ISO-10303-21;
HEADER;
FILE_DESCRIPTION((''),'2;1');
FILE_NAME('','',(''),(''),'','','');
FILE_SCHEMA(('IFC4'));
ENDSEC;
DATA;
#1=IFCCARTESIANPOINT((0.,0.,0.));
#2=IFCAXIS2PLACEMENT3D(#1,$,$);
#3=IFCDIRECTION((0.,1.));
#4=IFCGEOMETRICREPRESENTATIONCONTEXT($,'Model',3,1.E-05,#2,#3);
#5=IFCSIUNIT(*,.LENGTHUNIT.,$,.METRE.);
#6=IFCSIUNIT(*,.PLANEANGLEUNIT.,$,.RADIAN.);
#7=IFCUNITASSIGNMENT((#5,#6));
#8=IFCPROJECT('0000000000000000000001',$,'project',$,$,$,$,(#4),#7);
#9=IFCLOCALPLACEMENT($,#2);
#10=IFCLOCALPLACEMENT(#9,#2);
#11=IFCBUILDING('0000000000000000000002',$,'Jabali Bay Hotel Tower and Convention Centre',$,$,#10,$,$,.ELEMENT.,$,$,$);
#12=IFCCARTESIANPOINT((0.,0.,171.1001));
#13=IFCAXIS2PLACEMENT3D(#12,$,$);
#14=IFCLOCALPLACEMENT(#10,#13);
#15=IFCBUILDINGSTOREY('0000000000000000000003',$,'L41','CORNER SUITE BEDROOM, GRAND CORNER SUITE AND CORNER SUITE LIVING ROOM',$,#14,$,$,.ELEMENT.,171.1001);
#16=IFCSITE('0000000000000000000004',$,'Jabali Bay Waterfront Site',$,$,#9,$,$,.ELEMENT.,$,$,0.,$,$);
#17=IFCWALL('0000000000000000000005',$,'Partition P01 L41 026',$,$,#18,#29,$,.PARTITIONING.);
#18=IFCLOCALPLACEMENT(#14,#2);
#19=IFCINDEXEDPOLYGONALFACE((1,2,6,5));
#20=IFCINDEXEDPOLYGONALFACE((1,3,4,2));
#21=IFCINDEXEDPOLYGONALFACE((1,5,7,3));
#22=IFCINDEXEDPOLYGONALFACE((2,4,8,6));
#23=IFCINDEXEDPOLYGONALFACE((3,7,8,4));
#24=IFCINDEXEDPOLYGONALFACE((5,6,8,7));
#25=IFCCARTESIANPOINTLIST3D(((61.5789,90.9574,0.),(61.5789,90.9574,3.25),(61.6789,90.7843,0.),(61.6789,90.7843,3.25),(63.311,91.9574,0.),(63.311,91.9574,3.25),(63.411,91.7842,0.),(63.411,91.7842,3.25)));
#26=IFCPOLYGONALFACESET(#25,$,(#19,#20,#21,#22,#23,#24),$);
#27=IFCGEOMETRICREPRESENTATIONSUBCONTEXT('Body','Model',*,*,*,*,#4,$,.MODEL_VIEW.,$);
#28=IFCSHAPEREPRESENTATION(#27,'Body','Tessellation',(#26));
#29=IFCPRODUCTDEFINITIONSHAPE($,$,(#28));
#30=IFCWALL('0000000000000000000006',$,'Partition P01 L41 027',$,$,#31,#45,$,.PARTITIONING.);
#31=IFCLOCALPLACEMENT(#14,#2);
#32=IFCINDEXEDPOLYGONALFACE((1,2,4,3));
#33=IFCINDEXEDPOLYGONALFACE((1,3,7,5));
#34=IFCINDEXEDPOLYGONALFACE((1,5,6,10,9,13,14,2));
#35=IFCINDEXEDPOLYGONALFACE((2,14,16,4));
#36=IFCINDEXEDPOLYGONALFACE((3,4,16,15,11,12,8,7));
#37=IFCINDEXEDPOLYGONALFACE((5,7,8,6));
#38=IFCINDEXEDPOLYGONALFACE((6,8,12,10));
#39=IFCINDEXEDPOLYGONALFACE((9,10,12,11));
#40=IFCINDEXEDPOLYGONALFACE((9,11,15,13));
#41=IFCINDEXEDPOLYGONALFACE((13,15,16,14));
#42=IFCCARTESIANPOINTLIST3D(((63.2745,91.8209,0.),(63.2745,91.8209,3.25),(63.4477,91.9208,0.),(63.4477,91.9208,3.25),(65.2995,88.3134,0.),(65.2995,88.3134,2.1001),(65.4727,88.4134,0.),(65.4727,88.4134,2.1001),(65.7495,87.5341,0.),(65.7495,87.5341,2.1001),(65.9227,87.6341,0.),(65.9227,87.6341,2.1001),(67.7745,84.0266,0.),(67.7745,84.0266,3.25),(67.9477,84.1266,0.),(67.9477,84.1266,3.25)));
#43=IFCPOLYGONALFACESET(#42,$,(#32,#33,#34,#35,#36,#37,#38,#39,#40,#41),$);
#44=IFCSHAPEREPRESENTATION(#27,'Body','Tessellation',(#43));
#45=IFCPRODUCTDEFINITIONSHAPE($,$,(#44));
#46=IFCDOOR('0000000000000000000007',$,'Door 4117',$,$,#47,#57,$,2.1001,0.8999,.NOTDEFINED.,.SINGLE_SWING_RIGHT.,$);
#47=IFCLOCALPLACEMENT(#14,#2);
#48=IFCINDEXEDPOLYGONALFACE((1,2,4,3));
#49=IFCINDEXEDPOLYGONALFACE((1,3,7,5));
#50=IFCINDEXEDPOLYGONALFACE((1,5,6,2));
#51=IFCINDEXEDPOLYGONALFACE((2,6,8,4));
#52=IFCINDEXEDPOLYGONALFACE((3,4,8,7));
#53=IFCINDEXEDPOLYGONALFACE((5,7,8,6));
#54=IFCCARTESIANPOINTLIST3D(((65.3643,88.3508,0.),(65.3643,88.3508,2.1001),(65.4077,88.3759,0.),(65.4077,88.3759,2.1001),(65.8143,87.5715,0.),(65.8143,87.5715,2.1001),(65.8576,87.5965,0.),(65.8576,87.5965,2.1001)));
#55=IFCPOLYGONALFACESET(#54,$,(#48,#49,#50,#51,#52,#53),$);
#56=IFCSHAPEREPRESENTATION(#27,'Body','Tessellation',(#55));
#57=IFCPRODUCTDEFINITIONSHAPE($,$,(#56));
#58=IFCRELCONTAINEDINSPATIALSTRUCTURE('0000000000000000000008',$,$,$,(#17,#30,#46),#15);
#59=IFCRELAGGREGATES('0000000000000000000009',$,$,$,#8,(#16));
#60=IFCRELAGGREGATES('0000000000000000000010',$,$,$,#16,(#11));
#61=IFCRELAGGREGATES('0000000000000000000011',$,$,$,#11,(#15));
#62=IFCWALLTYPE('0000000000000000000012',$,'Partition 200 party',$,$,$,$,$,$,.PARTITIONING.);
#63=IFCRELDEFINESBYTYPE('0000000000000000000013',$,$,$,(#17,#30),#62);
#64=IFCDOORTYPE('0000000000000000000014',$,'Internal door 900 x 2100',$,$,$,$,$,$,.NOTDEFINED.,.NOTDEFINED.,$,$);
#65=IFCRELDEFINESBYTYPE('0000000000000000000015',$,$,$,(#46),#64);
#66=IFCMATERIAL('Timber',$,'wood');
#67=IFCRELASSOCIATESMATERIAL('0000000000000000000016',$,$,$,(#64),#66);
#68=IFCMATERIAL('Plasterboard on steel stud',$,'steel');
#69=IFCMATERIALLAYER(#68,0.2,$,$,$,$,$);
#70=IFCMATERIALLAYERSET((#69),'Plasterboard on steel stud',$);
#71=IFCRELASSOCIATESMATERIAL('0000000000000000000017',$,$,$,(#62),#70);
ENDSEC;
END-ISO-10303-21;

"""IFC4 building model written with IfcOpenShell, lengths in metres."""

from ifc_helpers import new_model, si_unit, direction, frame, frame_2d, origin, place, context, subcontext, project, spatial, rectangle, extrude, material, layer, layer_set, type_object, element, fill, save


model = new_model("IFC4")

# Units and contexts
model_context = context("Model", 3, precision=1e-05, world=origin(), true_north=direction((0.0, 1.0)))
body_context = subcontext(model_context, "Body", "Model", "MODEL_VIEW")
ifc_project = project(units=[si_unit("LENGTHUNIT", "METRE"), si_unit("PLANEANGLEUNIT", "RADIAN")], contexts=[model_context])

# Site, building, storey
site_placement = place(None, origin())
site = spatial("IfcSite", under=ifc_project, at=site_placement, Name="Jabali Bay Waterfront Site", CompositionType="ELEMENT", RefElevation=0.0)
building_placement = place(site_placement, origin())
building = spatial("IfcBuilding", under=site, at=building_placement, Name="Jabali Bay Hotel Tower and Convention Centre", CompositionType="ELEMENT")
storey_placement = place(building_placement, frame((0.0, 0.0, 171.1001)))
storey = spatial("IfcBuildingStorey", under=building, at=storey_placement, Name="L41", Description="CORNER SUITE BEDROOM, GRAND CORNER SUITE AND CORNER SUITE LIVING ROOM", CompositionType="ELEMENT", Elevation=171.1001)

# Shared definitions
ifc_material_1 = material(Name="Plasterboard on steel stud", Category="steel")
ifc_material_2 = material(Name="Timber", Category="wood")
door_type_1 = type_object("IfcDoorType", Name="Internal door 900 x 2100", OperationType="NOTDEFINED", PredefinedType="NOTDEFINED", material=ifc_material_2)

# Wall
ifc_layer_1 = layer(ifc_material_1, 0.2)
ifc_layer_set_1 = layer_set([ifc_layer_1], Name="Plasterboard on steel stud")
wall_type_1 = type_object("IfcWallType", Name="Partition 200 party", PredefinedType="PARTITIONING", material=ifc_layer_set_1)
wall_1_placement = place(storey_placement, frame((61.6289, 90.8708, 0.0), z_axis=(0.0, 0.0, 1.0), x_axis=(0.866041, 0.499973, 0.0)))
element("IfcWall", 1, at=wall_1_placement, inside=storey, type_object=wall_type_1, Name="Partition P01 L41 026", PredefinedType="PARTITIONING", context=body_context, shape_type="SweptSolid", body=[
    extrude(rectangle(XDim=2.0, YDim=0.2, at=frame_2d((1.0, 0.0))), origin(), (0.0, 0.0, 1.0), 3.25),
])

# Wall, opening, door
wall_2_placement = place(storey_placement, frame((63.3611, 91.8708, 0.0), z_axis=(0.0, 0.0, 1.0), x_axis=(0.500002, -0.866024, 0.0)))
wall_2 = element("IfcWall", 2, at=wall_2_placement, inside=storey, type_object=wall_type_1, Name="Partition P01 L41 027", PredefinedType="PARTITIONING", context=body_context, shape_type="SweptSolid", body=[
    extrude(rectangle(XDim=9.0, YDim=0.2, at=frame_2d((4.5, 0.0))), origin(), (0.0, 0.0, 1.0), 3.25),
])
opening_1_placement = place(wall_2_placement, frame((4.05, 0.0, 0.0)))
opening_1 = element("IfcOpeningElement", 3, at=opening_1_placement, cuts=wall_2, PredefinedType="OPENING", context=body_context, shape_type="SweptSolid", body=[
    extrude(rectangle(XDim=0.8999, YDim=2.1001, at=frame_2d((0.45, 1.05))), frame((0.0, 0.1104, 0.0), z_axis=(0.0, -1.0, 0.0), x_axis=(1.0, 0.0, 0.0)), (0.0, 0.0, 1.0), 0.2209),
])
door_1_placement = place(opening_1_placement, origin())
door_1 = element("IfcDoor", 4, at=door_1_placement, inside=storey, type_object=door_type_1, Name="Door 4117", OperationType="SINGLE_SWING_RIGHT", OverallHeight=2.1001, OverallWidth=0.8999, PredefinedType="NOTDEFINED", context=body_context, shape_type="SweptSolid", body=[
    extrude(rectangle(XDim=0.8999, YDim=2.1001, at=frame_2d((0.45, 1.05))), frame((0.0, 0.0249, 0.0), z_axis=(0.0, -1.0, 0.0), x_axis=(1.0, 0.0, 0.0)), (0.0, 0.0, 1.0), 0.05),
])
fill(opening_1, door_1)

save(model, "model.ifc")
